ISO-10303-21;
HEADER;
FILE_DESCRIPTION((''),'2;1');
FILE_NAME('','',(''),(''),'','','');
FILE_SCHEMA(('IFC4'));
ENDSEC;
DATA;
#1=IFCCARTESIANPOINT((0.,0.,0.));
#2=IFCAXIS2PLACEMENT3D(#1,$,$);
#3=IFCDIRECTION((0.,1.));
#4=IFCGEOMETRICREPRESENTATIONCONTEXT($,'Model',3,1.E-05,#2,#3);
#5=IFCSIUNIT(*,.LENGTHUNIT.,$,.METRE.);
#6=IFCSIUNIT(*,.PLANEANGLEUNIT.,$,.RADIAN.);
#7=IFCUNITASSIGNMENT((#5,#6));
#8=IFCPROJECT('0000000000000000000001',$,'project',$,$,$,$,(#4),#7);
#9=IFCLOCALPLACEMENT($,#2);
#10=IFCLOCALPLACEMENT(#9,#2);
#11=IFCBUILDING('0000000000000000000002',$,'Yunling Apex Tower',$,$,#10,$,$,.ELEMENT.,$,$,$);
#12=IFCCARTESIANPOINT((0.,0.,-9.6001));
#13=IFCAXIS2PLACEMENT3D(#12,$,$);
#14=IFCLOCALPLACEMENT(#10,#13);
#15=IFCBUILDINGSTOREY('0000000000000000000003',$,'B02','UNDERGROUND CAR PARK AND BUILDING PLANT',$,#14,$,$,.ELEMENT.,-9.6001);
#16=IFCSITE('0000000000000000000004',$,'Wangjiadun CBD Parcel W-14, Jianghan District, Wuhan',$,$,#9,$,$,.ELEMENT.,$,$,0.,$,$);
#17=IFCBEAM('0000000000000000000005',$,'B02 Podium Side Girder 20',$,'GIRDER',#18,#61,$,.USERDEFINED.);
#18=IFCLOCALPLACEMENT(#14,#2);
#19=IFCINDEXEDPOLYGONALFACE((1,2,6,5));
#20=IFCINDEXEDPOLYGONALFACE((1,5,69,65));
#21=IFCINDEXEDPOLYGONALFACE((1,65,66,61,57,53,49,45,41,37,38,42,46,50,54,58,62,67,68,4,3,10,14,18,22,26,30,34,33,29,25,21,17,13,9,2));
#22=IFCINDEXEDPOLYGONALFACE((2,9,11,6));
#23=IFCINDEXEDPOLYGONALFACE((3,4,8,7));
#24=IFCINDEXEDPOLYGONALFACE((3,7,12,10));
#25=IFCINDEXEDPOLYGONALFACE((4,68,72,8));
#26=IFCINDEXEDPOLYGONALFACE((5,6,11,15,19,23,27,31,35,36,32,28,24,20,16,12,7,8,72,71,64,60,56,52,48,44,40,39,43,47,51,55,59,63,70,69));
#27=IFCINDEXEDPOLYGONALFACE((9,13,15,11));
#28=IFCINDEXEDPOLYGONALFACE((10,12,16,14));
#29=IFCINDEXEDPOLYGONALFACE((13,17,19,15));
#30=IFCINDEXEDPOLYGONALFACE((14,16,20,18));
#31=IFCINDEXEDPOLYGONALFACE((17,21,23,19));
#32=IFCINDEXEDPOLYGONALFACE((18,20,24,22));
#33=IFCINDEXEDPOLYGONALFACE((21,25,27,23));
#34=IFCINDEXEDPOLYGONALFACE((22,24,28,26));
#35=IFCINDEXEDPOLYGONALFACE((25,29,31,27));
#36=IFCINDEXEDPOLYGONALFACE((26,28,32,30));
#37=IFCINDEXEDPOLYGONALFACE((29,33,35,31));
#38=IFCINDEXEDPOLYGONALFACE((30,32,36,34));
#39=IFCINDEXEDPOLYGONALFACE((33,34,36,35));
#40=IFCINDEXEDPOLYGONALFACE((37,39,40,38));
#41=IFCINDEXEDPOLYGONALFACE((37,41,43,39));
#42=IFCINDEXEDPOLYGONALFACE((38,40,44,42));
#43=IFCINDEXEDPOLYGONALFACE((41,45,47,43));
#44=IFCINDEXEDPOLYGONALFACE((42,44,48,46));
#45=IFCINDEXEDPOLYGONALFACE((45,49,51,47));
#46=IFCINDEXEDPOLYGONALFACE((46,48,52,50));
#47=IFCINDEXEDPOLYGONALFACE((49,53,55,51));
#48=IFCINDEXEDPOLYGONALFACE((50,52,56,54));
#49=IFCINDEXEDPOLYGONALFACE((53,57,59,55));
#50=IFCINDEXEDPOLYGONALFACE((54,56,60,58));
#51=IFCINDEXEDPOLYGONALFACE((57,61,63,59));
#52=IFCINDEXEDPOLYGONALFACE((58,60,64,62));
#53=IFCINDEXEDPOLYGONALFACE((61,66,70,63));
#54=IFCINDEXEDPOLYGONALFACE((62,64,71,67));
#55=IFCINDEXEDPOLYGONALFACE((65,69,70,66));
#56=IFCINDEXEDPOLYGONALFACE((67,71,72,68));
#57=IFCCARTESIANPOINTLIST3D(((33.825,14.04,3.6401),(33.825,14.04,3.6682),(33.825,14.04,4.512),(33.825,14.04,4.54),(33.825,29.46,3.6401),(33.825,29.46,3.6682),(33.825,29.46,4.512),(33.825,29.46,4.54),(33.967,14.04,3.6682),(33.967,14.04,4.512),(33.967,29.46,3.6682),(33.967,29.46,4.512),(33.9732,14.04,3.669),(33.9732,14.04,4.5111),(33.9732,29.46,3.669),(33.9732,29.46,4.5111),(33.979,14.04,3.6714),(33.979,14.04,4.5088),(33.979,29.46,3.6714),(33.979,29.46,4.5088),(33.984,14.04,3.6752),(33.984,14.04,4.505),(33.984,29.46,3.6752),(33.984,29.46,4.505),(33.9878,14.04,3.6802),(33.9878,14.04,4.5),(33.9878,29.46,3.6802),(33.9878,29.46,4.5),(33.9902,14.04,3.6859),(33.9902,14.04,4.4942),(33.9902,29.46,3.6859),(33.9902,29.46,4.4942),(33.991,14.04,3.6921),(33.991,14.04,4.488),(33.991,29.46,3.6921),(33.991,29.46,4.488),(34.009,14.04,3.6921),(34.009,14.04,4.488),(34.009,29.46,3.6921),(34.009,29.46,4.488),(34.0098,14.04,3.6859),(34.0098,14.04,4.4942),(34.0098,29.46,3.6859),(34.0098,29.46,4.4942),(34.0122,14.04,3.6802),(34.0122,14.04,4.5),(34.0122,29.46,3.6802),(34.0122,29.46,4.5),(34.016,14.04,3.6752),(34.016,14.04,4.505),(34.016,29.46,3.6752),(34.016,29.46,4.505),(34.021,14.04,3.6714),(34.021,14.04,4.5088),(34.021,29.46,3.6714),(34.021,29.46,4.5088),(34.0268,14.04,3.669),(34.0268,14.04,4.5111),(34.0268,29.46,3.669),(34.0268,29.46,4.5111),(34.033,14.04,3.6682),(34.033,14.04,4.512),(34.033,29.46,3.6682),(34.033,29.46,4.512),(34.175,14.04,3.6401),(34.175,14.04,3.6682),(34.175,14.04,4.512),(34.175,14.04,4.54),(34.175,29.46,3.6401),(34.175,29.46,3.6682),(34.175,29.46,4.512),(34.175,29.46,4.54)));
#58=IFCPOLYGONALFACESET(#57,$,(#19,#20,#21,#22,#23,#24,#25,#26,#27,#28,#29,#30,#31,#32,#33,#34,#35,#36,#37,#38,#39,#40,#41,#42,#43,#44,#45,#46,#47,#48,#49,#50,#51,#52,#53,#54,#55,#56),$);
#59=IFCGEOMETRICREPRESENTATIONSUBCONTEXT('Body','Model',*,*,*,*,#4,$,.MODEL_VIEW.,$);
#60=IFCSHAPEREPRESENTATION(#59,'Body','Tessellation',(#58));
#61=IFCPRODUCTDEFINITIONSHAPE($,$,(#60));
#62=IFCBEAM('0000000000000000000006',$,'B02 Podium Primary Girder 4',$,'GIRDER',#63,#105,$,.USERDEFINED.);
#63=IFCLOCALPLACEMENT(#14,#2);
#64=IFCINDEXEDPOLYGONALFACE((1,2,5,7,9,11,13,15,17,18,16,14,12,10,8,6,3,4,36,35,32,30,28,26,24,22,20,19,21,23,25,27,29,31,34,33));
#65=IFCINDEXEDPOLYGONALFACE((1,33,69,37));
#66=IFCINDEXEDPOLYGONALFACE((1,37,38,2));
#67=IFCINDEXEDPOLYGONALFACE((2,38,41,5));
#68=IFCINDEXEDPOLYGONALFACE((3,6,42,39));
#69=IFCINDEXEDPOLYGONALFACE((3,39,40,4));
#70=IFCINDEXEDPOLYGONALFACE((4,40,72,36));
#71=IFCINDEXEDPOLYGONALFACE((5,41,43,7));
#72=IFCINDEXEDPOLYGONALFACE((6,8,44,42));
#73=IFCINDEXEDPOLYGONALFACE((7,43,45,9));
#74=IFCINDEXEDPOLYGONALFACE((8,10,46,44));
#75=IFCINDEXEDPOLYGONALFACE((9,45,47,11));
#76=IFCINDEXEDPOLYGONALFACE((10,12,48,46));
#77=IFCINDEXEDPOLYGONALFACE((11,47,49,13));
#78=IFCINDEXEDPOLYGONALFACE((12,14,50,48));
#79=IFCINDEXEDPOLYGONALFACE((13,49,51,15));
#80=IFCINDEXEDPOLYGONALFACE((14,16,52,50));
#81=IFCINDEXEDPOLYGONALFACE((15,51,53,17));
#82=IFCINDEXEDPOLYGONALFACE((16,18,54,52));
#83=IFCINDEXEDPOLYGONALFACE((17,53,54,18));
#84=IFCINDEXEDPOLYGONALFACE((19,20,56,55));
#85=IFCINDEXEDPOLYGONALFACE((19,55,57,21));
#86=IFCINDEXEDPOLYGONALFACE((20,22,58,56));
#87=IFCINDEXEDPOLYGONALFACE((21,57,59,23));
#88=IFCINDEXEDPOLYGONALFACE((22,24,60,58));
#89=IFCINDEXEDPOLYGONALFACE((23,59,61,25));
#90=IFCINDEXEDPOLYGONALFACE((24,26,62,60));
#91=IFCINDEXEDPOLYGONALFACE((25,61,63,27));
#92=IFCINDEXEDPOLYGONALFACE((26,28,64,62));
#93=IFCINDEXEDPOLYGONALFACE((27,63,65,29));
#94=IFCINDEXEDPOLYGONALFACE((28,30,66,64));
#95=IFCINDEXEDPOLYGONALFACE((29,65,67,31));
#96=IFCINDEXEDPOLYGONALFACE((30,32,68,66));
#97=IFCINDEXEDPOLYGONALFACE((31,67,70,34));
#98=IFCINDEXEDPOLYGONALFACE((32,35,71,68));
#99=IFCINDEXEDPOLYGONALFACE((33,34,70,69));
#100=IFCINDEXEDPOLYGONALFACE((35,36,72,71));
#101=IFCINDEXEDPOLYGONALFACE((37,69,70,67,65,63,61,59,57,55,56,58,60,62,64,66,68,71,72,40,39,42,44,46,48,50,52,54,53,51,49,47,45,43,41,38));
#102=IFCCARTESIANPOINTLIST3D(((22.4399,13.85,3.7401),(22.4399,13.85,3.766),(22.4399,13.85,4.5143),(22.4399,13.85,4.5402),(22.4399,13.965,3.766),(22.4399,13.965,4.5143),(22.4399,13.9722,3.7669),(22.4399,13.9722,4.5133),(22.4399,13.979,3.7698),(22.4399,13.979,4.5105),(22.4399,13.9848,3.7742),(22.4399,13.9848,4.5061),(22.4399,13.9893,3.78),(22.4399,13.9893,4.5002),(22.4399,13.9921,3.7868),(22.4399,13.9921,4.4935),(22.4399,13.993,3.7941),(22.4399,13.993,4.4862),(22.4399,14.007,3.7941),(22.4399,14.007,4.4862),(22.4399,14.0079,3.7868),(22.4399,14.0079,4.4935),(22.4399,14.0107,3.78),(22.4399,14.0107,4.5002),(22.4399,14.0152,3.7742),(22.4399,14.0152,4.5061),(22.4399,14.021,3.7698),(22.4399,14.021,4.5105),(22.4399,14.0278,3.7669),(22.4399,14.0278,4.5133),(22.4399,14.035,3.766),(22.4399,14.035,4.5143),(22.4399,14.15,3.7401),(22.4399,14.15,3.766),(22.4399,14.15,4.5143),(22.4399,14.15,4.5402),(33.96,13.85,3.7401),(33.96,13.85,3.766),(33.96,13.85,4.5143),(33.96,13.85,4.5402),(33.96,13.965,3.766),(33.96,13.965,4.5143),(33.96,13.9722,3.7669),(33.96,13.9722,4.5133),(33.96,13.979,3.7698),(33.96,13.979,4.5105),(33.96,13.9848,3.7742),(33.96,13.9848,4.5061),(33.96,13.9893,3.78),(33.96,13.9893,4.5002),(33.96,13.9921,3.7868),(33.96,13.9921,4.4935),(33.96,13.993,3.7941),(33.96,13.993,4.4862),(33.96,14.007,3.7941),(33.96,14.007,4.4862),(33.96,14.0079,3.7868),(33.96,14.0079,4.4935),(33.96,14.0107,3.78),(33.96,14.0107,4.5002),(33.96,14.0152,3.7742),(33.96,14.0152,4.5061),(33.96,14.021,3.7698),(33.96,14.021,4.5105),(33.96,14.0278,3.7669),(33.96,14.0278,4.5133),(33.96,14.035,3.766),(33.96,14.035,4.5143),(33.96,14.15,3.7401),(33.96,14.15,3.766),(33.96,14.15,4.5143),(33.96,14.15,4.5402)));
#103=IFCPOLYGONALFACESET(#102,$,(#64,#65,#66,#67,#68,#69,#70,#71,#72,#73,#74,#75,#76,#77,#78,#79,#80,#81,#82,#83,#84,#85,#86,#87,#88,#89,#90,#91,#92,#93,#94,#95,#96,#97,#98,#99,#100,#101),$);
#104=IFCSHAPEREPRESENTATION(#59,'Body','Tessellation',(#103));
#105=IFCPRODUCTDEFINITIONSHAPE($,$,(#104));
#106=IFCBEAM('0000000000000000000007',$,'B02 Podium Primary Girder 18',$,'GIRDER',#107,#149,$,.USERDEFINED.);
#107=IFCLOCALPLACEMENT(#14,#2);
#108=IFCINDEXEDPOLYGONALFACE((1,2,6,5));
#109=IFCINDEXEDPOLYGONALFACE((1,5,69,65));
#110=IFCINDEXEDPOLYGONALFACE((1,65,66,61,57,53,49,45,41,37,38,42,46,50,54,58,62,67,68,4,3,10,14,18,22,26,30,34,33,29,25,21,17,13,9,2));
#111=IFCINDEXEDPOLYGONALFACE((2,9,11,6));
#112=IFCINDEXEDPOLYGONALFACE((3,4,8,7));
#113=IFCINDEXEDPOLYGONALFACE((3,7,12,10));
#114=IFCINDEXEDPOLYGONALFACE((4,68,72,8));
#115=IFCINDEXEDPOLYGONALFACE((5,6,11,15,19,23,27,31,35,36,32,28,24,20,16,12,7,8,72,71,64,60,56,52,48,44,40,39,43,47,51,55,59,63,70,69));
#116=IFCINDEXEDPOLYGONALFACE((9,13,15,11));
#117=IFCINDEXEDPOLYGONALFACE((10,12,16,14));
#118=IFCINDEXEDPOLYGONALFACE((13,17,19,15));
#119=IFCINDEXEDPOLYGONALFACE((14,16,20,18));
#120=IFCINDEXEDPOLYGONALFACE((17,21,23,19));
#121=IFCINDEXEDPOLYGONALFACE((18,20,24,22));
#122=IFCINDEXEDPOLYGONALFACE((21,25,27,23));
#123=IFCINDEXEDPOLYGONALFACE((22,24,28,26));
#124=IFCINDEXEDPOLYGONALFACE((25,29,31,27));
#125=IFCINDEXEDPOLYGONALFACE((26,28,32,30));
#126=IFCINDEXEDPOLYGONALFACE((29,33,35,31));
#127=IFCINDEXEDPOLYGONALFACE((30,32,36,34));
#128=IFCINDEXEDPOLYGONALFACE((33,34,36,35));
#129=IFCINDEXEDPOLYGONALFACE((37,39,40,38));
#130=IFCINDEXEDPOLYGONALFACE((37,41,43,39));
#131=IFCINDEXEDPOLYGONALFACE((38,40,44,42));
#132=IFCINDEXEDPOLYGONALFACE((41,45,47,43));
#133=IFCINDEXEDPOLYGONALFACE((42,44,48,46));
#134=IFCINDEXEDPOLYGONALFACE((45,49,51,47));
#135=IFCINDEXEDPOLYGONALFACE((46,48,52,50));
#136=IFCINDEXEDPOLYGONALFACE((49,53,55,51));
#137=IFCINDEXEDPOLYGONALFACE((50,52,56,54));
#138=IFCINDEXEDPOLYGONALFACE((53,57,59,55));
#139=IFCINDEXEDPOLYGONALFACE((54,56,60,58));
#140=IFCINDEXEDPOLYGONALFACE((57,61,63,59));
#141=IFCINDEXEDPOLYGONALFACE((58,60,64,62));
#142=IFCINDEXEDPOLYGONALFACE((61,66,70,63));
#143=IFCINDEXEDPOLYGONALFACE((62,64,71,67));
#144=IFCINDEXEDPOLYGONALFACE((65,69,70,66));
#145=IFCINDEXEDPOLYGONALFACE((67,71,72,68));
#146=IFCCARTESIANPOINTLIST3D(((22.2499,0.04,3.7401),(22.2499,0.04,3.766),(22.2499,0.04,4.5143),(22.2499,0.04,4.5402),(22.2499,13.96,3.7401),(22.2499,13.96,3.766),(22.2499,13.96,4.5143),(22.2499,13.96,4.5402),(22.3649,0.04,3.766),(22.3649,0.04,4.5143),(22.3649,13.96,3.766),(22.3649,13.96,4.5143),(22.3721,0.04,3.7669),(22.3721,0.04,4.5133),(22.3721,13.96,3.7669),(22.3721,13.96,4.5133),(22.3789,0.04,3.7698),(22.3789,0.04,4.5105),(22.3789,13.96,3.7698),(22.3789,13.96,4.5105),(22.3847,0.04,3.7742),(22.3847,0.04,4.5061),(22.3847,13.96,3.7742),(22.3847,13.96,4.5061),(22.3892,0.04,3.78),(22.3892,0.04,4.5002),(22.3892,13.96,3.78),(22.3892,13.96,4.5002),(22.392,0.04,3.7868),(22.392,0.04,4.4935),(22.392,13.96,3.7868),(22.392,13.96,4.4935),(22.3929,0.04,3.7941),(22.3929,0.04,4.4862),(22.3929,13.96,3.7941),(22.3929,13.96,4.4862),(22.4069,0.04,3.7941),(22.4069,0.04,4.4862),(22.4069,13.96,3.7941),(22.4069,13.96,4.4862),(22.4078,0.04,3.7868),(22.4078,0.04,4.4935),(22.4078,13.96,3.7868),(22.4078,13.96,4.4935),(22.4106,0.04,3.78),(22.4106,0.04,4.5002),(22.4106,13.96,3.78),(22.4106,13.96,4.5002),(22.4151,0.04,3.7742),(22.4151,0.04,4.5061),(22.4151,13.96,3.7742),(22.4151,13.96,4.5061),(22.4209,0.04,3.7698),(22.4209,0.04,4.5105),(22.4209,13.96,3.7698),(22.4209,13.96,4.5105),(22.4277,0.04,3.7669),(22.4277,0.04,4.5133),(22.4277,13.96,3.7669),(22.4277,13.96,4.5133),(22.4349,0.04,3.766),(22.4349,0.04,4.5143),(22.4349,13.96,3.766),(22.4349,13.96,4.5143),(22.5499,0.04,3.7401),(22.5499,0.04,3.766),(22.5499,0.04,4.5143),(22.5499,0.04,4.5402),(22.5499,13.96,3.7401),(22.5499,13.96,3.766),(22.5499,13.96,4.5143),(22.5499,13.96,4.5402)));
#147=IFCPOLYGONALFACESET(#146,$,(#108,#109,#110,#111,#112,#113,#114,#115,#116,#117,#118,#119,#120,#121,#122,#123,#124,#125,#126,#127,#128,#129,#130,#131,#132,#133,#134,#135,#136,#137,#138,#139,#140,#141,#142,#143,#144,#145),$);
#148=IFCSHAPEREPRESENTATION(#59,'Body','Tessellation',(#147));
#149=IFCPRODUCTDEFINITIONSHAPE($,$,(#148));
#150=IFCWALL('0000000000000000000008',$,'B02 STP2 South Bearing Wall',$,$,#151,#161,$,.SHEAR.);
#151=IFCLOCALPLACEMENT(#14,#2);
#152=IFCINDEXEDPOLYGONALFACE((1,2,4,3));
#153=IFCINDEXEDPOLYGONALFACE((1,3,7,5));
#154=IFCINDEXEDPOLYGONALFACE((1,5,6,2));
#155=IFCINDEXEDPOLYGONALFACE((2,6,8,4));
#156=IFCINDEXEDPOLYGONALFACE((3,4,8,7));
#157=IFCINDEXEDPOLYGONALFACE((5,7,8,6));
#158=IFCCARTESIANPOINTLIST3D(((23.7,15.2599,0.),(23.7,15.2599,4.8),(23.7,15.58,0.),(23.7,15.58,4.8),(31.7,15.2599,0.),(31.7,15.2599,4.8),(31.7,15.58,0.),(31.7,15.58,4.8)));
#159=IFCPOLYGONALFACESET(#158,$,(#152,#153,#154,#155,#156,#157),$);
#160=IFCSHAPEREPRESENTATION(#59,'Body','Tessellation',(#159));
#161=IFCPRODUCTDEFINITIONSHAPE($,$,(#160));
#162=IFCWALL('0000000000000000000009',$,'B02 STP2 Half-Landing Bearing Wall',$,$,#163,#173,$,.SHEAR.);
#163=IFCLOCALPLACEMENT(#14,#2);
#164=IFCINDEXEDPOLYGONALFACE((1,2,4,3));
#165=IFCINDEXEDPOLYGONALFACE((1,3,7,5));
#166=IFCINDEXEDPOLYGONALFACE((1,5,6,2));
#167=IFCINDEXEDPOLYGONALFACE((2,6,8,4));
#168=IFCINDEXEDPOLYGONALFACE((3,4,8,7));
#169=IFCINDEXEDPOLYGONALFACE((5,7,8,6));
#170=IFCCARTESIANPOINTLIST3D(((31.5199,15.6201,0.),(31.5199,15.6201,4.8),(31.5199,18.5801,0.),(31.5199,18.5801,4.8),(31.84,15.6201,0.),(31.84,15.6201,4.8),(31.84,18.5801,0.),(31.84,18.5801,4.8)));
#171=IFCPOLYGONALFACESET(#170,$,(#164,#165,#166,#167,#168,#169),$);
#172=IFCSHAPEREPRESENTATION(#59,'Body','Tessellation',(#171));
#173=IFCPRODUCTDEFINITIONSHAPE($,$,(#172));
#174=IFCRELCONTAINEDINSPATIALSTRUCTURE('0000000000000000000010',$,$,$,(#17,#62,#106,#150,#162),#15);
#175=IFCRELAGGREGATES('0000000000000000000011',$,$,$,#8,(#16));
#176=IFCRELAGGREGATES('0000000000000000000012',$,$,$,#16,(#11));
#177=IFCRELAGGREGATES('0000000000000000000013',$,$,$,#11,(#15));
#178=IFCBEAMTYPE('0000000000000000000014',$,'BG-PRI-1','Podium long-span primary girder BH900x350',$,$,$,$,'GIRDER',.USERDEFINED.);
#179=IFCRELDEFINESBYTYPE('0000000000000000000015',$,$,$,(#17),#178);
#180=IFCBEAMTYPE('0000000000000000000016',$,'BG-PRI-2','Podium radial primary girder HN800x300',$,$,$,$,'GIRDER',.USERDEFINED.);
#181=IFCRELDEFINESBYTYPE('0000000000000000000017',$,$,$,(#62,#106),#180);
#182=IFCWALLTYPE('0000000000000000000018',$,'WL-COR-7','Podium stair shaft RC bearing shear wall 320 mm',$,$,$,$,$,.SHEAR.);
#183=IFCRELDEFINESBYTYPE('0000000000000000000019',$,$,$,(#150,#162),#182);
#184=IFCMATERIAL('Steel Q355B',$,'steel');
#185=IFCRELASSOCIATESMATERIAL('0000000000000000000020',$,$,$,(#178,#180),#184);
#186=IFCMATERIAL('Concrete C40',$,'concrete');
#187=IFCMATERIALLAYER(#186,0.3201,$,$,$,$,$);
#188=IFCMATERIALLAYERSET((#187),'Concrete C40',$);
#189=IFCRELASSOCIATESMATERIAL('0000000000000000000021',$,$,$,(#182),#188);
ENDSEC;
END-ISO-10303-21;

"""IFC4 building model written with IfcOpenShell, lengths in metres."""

from ifc_helpers import new_model, si_unit, direction, frame, frame_2d, origin, origin_2d, place, context, subcontext, project, spatial, rectangle, i_section, extrude, source, transform, mapped, material, layer, layer_set, material_profile, profile_set, type_object, element, save


model = new_model("IFC4")

# Units and contexts
model_context = context("Model", 3, precision=1e-05, world=origin(), true_north=direction((0.0, 1.0)))
body_context = subcontext(model_context, "Body", "Model", "MODEL_VIEW")
ifc_project = project(units=[si_unit("LENGTHUNIT", "METRE"), si_unit("PLANEANGLEUNIT", "RADIAN")], contexts=[model_context])

# Site, building, storey
site_placement = place(None, origin())
site = spatial("IfcSite", under=ifc_project, at=site_placement, Name="Wangjiadun CBD Parcel W-14, Jianghan District, Wuhan", CompositionType="ELEMENT", RefElevation=0.0)
building_placement = place(site_placement, origin())
building = spatial("IfcBuilding", under=site, at=building_placement, Name="Yunling Apex Tower", CompositionType="ELEMENT")
storey_placement = place(building_placement, frame((0.0, 0.0, -9.6001)))
storey = spatial("IfcBuildingStorey", under=building, at=storey_placement, Name="B02", Description="UNDERGROUND CAR PARK AND BUILDING PLANT", CompositionType="ELEMENT", Elevation=-9.6001)

# Beams
ifc_material_1 = material(Name="Steel Q355B", Category="steel")
ifc_material_profile_1 = material_profile(ifc_material_1, i_section(OverallWidth=0.3501, OverallDepth=0.8999, WebThickness=0.0181, FlangeThickness=0.0281, FilletRadius=0.0239, at=origin_2d()))
ifc_profile_set_1 = profile_set([ifc_material_profile_1], Name="Steel Q355B")
beam_type_1 = type_object("IfcBeamType", Name="BG-PRI-1", Description="Podium long-span primary girder BH900x350", ElementType="GIRDER", PredefinedType="USERDEFINED", material=ifc_profile_set_1)
shared_shape_1 = source(origin(), body_context, "Body", "SweptSolid", [
    extrude(i_section(OverallWidth=0.3501, OverallDepth=0.8999, WebThickness=0.0181, FlangeThickness=0.0281, FilletRadius=0.0239, at=origin_2d()), origin(), (0.0, 0.0, 1.0), 15.4199),
])
beam_1_placement = place(storey_placement, frame((34.0, 14.04, 4.0901), z_axis=(0.0, 1.0, 0.0), x_axis=(-1.0, 0.0, 0.0)))
element("IfcBeam", 1, at=beam_1_placement, inside=storey, type_object=beam_type_1, Name="B02 Podium Side Girder 20", ObjectType="GIRDER", PredefinedType="USERDEFINED", context=body_context, shape_type="MappedRepresentation", body=[
    mapped(shared_shape_1, transform((0.0, 0.0, 0.0), scale=1.0)),
])
ifc_material_profile_2 = material_profile(ifc_material_1, i_section(OverallWidth=0.3, OverallDepth=0.8, WebThickness=0.0139, FlangeThickness=0.0259, FilletRadius=0.0281, at=origin_2d()))
ifc_profile_set_2 = profile_set([ifc_material_profile_2], Name="Steel Q355B")
beam_type_2 = type_object("IfcBeamType", Name="BG-PRI-2", Description="Podium radial primary girder HN800x300", ElementType="GIRDER", PredefinedType="USERDEFINED", material=ifc_profile_set_2)
shared_shape_2 = source(origin(), body_context, "Body", "SweptSolid", [
    extrude(i_section(OverallWidth=0.3, OverallDepth=0.8, WebThickness=0.0139, FlangeThickness=0.0259, FilletRadius=0.0281, at=origin_2d()), origin(), (0.0, 0.0, 1.0), 11.52),
])
beam_2_placement = place(storey_placement, frame((22.4399, 14.0, 4.1401), z_axis=(1.0, 0.0, 0.0), x_axis=(0.0, 1.0, 0.0)))
element("IfcBeam", 2, at=beam_2_placement, inside=storey, type_object=beam_type_2, Name="B02 Podium Primary Girder 4", ObjectType="GIRDER", PredefinedType="USERDEFINED", context=body_context, shape_type="MappedRepresentation", body=[
    mapped(shared_shape_2, transform((0.0, 0.0, 0.0), scale=1.0)),
])
shared_shape_3 = source(origin(), body_context, "Body", "SweptSolid", [
    extrude(i_section(OverallWidth=0.3, OverallDepth=0.8, WebThickness=0.0139, FlangeThickness=0.0259, FilletRadius=0.0281, at=origin_2d()), origin(), (0.0, 0.0, 1.0), 13.9199),
])
beam_3_placement = place(storey_placement, frame((22.3999, 13.96, 4.1401), z_axis=(0.0, -1.0, 0.0), x_axis=(1.0, 0.0, 0.0)))
element("IfcBeam", 3, at=beam_3_placement, inside=storey, type_object=beam_type_2, Name="B02 Podium Primary Girder 18", ObjectType="GIRDER", PredefinedType="USERDEFINED", context=body_context, shape_type="MappedRepresentation", body=[
    mapped(shared_shape_3, transform((0.0, 0.0, 0.0), scale=1.0)),
])

# Walls
ifc_material_2 = material(Name="Concrete C40", Category="concrete")
ifc_layer_1 = layer(ifc_material_2, 0.3201)
ifc_layer_set_1 = layer_set([ifc_layer_1], Name="Concrete C40")
wall_type_1 = type_object("IfcWallType", Name="WL-COR-7", Description="Podium stair shaft RC bearing shear wall 320 mm", PredefinedType="SHEAR", material=ifc_layer_set_1)
wall_1_placement = place(storey_placement, frame((23.7, 15.4199, 0.0), z_axis=(0.0, 0.0, 1.0), x_axis=(1.0, 0.0, 0.0)))
element("IfcWall", 4, at=wall_1_placement, inside=storey, type_object=wall_type_1, Name="B02 STP2 South Bearing Wall", PredefinedType="SHEAR", context=body_context, shape_type="SweptSolid", body=[
    extrude(rectangle(XDim=8.0, YDim=0.3201, at=frame_2d((4.0, 0.0))), origin(), (0.0, 0.0, 1.0), 4.8),
])
wall_2_placement = place(storey_placement, frame((31.6799, 15.6201, 0.0), z_axis=(0.0, 0.0, 1.0), x_axis=(0.0, 1.0, 0.0)))
element("IfcWall", 5, at=wall_2_placement, inside=storey, type_object=wall_type_1, Name="B02 STP2 Half-Landing Bearing Wall", PredefinedType="SHEAR", context=body_context, shape_type="SweptSolid", body=[
    extrude(rectangle(XDim=2.96, YDim=0.3201, at=frame_2d((1.48, 0.0))), origin(), (0.0, 0.0, 1.0), 4.8),
])

save(model, "model.ifc")
